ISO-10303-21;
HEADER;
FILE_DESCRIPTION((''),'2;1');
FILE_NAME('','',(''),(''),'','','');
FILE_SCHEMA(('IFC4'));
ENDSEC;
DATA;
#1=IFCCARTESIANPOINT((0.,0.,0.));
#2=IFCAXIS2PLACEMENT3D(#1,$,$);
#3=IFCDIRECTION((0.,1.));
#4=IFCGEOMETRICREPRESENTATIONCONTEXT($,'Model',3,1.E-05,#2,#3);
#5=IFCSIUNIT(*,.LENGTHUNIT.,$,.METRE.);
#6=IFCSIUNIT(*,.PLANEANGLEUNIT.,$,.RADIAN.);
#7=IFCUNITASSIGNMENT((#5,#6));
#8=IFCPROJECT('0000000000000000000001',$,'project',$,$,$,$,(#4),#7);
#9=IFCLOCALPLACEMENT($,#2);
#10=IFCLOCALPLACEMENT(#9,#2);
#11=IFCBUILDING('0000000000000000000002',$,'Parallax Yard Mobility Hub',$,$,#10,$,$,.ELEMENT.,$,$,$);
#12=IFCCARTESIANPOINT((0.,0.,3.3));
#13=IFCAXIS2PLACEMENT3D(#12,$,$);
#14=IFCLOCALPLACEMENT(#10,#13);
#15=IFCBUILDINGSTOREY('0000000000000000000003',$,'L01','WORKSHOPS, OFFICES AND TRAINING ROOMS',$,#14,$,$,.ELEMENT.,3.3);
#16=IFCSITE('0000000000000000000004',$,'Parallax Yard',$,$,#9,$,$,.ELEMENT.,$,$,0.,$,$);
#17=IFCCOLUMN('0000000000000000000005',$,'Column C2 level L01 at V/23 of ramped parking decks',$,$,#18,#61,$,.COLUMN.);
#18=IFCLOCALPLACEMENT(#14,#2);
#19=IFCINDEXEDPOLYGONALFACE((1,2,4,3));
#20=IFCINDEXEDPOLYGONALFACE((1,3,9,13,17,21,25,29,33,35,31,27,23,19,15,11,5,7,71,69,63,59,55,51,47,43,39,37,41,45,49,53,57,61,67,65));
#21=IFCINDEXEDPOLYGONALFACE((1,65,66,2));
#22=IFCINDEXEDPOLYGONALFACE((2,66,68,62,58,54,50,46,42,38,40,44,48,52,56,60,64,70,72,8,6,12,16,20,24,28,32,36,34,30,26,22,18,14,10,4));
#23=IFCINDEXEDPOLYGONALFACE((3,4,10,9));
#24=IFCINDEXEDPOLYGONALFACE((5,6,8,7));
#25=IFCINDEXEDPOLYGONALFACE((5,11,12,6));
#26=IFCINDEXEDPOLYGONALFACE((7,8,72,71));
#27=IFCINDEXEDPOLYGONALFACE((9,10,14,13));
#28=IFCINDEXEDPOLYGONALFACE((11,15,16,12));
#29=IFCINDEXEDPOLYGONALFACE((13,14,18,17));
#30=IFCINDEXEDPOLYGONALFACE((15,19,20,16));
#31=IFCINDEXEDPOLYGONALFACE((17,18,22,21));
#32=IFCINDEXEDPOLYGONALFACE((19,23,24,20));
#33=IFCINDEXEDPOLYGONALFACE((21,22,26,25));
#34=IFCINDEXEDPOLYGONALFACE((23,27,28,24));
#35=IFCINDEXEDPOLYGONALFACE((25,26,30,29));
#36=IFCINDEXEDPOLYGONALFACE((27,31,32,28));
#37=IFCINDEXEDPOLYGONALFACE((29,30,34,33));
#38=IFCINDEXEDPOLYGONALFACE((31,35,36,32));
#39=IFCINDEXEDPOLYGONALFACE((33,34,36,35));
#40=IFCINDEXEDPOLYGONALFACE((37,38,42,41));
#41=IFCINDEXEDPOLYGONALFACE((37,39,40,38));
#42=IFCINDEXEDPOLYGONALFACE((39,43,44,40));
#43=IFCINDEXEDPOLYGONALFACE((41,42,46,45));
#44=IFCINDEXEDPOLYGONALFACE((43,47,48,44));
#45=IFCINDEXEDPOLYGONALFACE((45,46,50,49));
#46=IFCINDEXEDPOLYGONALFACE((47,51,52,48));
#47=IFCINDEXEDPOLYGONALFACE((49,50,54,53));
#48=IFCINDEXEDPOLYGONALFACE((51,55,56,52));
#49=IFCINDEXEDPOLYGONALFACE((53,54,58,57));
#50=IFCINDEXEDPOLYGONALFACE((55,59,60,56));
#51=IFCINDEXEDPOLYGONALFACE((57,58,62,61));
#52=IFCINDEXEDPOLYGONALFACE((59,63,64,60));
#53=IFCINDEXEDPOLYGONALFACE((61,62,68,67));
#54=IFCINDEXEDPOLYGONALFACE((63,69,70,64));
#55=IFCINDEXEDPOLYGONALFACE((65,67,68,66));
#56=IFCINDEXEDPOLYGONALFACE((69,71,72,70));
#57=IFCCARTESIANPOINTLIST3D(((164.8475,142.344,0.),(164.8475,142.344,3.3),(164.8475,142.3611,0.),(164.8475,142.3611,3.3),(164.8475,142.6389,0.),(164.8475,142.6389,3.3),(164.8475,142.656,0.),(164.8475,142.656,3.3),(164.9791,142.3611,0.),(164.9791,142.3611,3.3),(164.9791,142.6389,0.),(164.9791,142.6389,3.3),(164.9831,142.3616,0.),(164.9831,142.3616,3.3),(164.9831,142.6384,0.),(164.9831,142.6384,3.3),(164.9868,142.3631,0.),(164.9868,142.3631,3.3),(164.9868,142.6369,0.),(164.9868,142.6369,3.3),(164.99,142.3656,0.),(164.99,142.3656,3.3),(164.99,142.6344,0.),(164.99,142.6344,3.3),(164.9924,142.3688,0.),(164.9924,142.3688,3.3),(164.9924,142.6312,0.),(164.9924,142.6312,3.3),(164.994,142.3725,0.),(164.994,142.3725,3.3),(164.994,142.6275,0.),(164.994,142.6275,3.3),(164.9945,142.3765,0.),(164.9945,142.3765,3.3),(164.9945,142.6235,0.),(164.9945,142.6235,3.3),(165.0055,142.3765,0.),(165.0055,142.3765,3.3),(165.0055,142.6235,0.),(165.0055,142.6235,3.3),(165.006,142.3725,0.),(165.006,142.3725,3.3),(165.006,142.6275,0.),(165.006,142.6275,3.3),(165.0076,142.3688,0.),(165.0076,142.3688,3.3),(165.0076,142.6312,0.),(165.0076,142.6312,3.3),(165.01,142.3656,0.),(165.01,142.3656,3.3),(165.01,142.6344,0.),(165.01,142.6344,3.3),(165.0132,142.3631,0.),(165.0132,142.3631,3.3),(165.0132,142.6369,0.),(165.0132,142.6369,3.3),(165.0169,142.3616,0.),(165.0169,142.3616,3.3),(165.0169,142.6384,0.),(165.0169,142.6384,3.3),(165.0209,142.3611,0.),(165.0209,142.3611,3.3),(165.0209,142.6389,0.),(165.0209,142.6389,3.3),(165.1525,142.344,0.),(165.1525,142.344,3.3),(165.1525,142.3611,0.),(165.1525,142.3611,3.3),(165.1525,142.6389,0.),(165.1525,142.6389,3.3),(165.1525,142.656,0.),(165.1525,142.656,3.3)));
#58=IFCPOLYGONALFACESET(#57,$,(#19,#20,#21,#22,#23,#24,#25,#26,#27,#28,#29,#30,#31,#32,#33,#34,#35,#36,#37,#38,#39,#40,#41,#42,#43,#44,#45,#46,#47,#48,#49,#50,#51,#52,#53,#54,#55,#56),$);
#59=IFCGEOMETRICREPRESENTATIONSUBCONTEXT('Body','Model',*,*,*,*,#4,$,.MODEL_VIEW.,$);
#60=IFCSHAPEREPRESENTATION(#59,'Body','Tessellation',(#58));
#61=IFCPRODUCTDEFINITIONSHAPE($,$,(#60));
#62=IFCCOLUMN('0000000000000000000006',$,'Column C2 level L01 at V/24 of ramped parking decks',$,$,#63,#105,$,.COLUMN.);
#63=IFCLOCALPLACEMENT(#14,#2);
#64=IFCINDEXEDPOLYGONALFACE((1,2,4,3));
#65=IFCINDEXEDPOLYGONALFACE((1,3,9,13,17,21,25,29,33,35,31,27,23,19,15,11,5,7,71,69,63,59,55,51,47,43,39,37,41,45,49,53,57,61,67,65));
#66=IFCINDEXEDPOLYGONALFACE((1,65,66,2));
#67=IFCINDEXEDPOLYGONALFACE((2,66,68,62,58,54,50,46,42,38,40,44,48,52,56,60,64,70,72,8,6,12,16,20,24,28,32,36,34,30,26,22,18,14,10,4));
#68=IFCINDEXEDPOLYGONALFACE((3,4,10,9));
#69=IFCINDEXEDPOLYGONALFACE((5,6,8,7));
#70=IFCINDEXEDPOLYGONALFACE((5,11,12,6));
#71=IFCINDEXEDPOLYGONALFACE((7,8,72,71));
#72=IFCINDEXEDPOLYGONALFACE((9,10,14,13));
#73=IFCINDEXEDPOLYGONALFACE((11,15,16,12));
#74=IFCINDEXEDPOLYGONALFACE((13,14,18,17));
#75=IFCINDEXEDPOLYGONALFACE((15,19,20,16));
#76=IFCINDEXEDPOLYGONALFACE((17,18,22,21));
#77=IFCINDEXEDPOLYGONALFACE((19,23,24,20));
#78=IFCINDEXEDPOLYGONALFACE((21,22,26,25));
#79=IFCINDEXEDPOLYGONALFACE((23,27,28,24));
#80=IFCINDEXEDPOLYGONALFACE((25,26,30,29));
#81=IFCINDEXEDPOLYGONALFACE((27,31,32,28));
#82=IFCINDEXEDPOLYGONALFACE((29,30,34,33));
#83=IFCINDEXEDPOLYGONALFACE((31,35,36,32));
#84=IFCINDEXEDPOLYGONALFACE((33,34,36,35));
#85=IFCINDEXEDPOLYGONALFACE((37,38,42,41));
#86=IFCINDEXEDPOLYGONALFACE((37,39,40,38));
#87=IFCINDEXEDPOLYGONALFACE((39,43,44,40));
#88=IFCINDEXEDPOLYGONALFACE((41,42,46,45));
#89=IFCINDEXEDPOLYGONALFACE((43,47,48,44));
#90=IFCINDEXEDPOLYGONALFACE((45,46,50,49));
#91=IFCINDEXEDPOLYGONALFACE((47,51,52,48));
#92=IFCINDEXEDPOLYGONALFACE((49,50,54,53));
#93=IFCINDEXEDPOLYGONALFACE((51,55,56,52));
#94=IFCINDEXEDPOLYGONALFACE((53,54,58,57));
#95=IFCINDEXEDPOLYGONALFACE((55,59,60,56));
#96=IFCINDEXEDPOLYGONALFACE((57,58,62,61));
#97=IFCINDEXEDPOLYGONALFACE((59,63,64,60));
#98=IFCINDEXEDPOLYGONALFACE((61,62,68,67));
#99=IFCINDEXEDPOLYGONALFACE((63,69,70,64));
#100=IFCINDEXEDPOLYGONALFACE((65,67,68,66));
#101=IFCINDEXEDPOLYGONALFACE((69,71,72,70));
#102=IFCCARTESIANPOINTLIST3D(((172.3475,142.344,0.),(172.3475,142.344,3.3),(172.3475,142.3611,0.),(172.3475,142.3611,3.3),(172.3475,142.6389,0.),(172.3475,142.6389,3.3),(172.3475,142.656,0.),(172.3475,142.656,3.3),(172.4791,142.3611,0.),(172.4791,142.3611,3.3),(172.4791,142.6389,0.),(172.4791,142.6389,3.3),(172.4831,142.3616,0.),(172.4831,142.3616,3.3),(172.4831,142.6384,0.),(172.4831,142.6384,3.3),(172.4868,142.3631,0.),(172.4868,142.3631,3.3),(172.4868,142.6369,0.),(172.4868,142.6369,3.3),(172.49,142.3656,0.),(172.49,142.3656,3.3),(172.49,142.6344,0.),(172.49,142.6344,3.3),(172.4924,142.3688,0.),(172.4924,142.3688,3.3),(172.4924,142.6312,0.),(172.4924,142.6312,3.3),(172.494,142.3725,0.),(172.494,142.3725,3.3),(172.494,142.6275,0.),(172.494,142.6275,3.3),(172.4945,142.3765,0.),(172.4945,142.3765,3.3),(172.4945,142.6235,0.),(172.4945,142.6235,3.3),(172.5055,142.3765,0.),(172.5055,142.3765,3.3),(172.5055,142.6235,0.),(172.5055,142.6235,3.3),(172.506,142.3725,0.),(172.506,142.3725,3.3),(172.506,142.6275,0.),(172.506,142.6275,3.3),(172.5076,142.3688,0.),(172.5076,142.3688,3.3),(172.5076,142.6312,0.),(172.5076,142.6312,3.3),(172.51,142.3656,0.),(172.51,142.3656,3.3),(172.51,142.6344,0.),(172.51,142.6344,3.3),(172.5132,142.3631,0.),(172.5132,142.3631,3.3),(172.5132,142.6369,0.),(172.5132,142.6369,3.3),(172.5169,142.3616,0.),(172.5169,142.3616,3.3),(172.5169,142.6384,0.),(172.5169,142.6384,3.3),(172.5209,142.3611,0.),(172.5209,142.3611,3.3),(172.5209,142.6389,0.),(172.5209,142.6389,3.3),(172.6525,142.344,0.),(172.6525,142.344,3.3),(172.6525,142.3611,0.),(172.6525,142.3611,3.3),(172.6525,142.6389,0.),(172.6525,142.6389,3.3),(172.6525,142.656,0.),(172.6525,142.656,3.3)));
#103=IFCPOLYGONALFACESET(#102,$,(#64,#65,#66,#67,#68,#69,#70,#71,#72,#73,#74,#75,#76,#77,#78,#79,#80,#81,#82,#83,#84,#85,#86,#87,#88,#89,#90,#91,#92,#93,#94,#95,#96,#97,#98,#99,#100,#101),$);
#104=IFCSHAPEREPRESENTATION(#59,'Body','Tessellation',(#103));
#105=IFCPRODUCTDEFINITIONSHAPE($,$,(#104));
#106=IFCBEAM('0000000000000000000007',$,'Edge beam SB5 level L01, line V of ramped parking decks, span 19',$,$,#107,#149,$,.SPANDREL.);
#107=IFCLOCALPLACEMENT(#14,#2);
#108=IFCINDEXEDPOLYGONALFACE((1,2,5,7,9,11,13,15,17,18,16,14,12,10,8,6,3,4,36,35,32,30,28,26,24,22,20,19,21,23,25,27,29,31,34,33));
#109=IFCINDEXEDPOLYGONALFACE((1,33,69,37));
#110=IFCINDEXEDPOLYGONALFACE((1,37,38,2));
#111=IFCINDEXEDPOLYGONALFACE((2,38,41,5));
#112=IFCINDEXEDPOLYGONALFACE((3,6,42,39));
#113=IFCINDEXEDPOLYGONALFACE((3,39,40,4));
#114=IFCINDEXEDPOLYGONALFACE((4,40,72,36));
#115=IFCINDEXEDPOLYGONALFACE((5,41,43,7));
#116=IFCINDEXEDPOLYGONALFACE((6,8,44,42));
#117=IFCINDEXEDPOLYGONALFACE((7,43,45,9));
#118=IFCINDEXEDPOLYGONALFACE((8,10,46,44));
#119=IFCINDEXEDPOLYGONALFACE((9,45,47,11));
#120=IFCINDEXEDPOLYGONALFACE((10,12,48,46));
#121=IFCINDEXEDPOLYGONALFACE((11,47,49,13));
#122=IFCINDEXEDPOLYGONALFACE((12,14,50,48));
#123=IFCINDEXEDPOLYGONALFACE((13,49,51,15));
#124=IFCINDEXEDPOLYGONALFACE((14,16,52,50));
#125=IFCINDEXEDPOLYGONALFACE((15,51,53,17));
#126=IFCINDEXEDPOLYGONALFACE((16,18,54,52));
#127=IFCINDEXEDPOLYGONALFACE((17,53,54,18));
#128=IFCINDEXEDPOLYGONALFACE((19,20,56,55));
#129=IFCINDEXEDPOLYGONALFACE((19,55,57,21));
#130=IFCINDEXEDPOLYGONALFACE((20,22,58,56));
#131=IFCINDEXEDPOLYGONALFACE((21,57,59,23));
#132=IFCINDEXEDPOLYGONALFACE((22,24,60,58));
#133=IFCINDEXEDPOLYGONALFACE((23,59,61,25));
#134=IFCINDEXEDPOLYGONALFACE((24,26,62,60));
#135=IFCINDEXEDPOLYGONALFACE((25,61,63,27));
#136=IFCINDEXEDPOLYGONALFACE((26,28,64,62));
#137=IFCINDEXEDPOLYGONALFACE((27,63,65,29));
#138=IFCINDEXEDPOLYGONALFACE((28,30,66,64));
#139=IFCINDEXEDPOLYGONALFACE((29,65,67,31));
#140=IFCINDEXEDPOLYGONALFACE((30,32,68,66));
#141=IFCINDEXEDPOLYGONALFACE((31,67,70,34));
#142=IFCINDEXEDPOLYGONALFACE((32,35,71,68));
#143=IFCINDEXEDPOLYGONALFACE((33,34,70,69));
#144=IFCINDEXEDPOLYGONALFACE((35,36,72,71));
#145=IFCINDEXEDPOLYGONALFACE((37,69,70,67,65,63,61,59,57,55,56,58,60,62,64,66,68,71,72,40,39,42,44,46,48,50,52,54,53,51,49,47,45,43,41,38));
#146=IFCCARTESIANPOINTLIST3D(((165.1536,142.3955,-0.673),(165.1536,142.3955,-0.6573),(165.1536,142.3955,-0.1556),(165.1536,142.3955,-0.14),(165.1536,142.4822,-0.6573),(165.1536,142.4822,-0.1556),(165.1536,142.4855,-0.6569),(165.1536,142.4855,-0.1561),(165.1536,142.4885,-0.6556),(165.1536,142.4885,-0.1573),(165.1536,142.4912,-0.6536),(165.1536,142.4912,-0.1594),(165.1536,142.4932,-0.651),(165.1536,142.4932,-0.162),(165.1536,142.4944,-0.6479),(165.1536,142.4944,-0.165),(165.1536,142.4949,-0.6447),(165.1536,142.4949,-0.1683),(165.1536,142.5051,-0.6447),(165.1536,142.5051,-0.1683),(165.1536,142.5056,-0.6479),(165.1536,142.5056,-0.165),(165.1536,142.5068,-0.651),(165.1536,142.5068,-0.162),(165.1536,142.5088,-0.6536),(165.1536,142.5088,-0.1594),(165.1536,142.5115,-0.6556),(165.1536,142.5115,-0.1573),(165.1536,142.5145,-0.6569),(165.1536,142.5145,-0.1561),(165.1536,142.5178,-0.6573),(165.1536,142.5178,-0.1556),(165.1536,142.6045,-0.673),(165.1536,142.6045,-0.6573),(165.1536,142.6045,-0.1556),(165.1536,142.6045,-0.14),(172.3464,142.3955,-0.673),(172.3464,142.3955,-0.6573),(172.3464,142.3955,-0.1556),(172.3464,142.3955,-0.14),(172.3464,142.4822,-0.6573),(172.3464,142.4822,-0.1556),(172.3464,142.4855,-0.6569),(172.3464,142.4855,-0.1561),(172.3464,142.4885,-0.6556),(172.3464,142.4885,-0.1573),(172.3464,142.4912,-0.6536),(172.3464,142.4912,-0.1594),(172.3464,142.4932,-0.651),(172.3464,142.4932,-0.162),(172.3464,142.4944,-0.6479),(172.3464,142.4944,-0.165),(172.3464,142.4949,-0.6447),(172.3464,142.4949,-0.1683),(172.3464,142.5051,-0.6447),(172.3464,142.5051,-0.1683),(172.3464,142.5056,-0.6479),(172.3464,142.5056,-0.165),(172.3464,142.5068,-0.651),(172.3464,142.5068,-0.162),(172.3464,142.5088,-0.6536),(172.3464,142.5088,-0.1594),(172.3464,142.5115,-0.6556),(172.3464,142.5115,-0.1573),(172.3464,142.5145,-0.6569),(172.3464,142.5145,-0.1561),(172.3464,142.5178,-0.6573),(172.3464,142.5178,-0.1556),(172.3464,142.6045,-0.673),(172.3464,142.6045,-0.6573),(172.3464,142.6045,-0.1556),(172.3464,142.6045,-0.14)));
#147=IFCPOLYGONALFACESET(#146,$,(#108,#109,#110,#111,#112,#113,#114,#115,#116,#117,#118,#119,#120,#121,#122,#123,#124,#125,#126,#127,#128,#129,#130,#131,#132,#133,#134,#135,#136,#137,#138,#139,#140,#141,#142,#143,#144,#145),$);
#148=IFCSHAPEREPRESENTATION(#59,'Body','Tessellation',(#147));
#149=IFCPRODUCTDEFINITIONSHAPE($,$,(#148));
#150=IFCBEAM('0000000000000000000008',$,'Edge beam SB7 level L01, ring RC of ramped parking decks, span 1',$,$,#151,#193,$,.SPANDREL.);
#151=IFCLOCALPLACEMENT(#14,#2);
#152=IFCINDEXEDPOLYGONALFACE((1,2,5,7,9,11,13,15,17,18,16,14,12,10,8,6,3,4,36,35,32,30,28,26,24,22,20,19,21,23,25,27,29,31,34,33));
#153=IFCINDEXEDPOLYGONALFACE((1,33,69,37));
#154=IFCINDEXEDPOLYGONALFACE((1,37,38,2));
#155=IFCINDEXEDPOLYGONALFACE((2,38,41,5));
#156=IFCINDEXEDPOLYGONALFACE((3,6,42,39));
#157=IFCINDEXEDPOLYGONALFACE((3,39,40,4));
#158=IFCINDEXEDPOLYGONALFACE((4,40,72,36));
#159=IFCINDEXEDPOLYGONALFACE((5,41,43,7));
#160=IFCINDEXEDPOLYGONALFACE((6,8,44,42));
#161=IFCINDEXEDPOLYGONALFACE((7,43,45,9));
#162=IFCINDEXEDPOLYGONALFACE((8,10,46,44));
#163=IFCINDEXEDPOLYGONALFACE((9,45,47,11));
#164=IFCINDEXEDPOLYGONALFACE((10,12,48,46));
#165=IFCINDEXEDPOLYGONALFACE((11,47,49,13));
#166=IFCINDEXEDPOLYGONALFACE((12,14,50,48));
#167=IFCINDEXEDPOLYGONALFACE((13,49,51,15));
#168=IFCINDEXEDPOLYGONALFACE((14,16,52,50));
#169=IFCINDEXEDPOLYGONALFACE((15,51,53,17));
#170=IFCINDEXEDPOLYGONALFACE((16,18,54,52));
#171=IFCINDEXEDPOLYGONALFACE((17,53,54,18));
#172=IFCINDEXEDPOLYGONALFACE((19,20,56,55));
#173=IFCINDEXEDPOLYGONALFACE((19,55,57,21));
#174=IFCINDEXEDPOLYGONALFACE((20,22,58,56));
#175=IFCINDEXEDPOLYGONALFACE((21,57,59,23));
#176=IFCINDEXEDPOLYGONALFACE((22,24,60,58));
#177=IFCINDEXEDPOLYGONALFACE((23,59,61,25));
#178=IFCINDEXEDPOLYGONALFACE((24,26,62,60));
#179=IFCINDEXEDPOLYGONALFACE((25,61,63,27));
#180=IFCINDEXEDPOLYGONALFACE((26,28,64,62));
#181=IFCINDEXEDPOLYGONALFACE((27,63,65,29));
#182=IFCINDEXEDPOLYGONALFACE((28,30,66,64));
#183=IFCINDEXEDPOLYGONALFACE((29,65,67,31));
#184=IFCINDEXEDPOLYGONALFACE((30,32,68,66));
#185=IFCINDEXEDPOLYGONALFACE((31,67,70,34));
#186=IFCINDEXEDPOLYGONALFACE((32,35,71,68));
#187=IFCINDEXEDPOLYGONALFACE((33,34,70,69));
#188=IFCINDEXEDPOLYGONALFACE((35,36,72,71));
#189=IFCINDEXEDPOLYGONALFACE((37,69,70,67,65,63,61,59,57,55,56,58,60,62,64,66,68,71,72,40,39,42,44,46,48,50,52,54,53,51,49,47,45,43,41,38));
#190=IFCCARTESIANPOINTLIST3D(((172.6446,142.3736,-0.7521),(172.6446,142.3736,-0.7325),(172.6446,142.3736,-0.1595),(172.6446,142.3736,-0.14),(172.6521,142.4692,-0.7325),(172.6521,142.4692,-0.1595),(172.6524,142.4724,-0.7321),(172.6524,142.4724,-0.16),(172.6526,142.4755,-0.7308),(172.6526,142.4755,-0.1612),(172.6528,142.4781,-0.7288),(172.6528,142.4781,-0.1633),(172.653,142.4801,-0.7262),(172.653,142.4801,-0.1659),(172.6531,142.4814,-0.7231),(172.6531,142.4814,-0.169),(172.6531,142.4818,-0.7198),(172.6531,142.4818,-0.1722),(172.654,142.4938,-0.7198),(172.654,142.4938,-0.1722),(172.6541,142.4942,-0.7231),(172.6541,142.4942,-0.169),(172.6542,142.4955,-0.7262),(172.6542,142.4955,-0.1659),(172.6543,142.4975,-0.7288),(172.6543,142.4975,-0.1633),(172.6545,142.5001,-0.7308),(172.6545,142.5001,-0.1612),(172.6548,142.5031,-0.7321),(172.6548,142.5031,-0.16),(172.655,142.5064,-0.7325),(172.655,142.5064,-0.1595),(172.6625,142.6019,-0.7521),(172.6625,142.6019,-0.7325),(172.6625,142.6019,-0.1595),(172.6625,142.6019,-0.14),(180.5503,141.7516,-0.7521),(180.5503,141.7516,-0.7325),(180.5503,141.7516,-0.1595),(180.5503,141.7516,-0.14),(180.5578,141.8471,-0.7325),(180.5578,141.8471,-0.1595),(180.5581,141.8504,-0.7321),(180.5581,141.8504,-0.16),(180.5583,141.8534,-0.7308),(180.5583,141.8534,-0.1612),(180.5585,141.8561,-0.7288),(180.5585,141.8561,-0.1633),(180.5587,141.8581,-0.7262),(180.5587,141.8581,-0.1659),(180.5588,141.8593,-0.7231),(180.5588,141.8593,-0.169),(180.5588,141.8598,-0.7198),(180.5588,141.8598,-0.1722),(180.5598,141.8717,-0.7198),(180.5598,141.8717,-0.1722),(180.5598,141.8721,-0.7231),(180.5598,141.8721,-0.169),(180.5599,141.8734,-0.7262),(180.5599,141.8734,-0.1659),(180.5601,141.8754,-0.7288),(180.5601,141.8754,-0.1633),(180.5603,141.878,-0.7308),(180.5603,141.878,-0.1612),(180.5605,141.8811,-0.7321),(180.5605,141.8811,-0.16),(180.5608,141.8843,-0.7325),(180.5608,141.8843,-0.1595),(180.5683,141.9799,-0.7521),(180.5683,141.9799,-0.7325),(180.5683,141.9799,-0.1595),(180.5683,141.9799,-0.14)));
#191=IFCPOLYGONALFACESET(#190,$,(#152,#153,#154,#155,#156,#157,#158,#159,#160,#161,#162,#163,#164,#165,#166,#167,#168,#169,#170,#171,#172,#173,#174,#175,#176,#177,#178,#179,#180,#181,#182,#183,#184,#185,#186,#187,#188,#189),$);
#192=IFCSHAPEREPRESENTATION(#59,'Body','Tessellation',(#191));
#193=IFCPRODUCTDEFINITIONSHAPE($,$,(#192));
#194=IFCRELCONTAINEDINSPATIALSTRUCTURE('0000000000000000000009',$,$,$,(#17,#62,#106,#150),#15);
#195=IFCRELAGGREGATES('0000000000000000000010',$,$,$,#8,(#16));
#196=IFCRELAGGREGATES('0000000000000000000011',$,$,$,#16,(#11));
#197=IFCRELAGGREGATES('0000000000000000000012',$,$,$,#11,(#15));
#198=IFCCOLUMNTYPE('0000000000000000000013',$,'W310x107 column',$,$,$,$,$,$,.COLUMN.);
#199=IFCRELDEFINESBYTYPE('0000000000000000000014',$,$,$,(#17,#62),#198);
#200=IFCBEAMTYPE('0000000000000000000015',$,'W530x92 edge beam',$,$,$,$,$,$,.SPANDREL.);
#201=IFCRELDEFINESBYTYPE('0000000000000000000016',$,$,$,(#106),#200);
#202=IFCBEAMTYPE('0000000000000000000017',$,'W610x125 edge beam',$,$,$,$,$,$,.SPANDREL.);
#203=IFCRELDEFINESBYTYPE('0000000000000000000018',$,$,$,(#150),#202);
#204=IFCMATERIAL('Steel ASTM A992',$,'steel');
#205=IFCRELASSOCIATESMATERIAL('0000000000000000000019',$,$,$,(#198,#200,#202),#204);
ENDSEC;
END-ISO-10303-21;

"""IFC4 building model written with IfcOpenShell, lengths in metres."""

from ifc_helpers import new_model, si_unit, direction, frame, origin, origin_2d, place, context, subcontext, project, spatial, i_section, extrude, material, material_profile, profile_set, type_object, element, save


model = new_model("IFC4")

# Units and contexts
model_context = context("Model", 3, precision=1e-05, world=origin(), true_north=direction((0.0, 1.0)))
body_context = subcontext(model_context, "Body", "Model", "MODEL_VIEW")
ifc_project = project(units=[si_unit("LENGTHUNIT", "METRE"), si_unit("PLANEANGLEUNIT", "RADIAN")], contexts=[model_context])

# Site, building, storey
site_placement = place(None, origin())
site = spatial("IfcSite", under=ifc_project, at=site_placement, Name="Parallax Yard", CompositionType="ELEMENT", RefElevation=0.0)
building_placement = place(site_placement, origin())
building = spatial("IfcBuilding", under=site, at=building_placement, Name="Parallax Yard Mobility Hub", CompositionType="ELEMENT")
storey_placement = place(building_placement, frame((0.0, 0.0, 3.3)))
storey = spatial("IfcBuildingStorey", under=building, at=storey_placement, Name="L01", Description="WORKSHOPS, OFFICES AND TRAINING ROOMS", CompositionType="ELEMENT", Elevation=3.3)

# Columns
ifc_material_1 = material(Name="Steel ASTM A992", Category="steel")
ifc_material_profile_1 = material_profile(ifc_material_1, i_section(OverallWidth=0.3049, OverallDepth=0.312, WebThickness=0.011, FlangeThickness=0.0171, FilletRadius=0.0154, at=origin_2d()), Name="W310x107")
ifc_profile_set_1 = profile_set([ifc_material_profile_1], Name="Steel ASTM A992")
column_type = type_object("IfcColumnType", Name="W310x107 column", PredefinedType="COLUMN", material=ifc_profile_set_1)
for number, where, z_axis, x_axis, name in (
    (1, (165.0, 142.5, 0.0), (0.0, 0.0, 1.0), (1.0, 0.0, 0.0), "Column C2 level L01 at V/23 of ramped parking decks"),
    (2, (172.5, 142.5, 0.0), (0.0, 0.0, 1.0), (1.0, 0.0, 0.0), "Column C2 level L01 at V/24 of ramped parking decks"),
):
    element("IfcColumn", number, at=place(storey_placement, frame(where, z_axis=z_axis, x_axis=x_axis)), inside=storey, type_object=column_type, Name=name, PredefinedType="COLUMN", context=body_context, shape_type="SweptSolid", body=[
        extrude(i_section(OverallWidth=0.3049, OverallDepth=0.312, WebThickness=0.011, FlangeThickness=0.0171, FilletRadius=0.0154, at=origin_2d()), origin(), (0.0, 0.0, 1.0), 3.3),
    ])

# Beams
ifc_material_profile_2 = material_profile(ifc_material_1, i_section(OverallWidth=0.209, OverallDepth=0.533, WebThickness=0.0103, FlangeThickness=0.0156, FilletRadius=0.0127, at=origin_2d()), Name="W530x92")
ifc_profile_set_2 = profile_set([ifc_material_profile_2], Name="Steel ASTM A992")
beam_type_1 = type_object("IfcBeamType", Name="W530x92 edge beam", PredefinedType="SPANDREL", material=ifc_profile_set_2)
beam_1_placement = place(storey_placement, frame((165.1536, 142.5, -0.4065), z_axis=(1.0, 0.0, 0.0), x_axis=(0.0, 1.0, 0.0)))
element("IfcBeam", 3, at=beam_1_placement, inside=storey, type_object=beam_type_1, Name="Edge beam SB5 level L01, line V of ramped parking decks, span 19", PredefinedType="SPANDREL", context=body_context, shape_type="SweptSolid", body=[
    extrude(i_section(OverallWidth=0.209, OverallDepth=0.533, WebThickness=0.0103, FlangeThickness=0.0156, FilletRadius=0.0127, at=origin_2d()), origin(), (0.0, 0.0, 1.0), 7.1929),
])
ifc_material_profile_3 = material_profile(ifc_material_1, i_section(OverallWidth=0.229, OverallDepth=0.6121, WebThickness=0.012, FlangeThickness=0.0195, FilletRadius=0.0127, at=origin_2d()), Name="W610x125")
ifc_profile_set_3 = profile_set([ifc_material_profile_3], Name="Steel ASTM A992")
beam_type_2 = type_object("IfcBeamType", Name="W610x125 edge beam", PredefinedType="SPANDREL", material=ifc_profile_set_3)
beam_2_placement = place(storey_placement, frame((172.6536, 142.4878, -0.446), z_axis=(0.996919, -0.078443, 0.0), x_axis=(0.078443, 0.996919, 0.0)))
element("IfcBeam", 4, at=beam_2_placement, inside=storey, type_object=beam_type_2, Name="Edge beam SB7 level L01, ring RC of ramped parking decks, span 1", PredefinedType="SPANDREL", context=body_context, shape_type="SweptSolid", body=[
    extrude(i_section(OverallWidth=0.229, OverallDepth=0.6121, WebThickness=0.012, FlangeThickness=0.0195, FilletRadius=0.0127, at=origin_2d()), origin(), (0.0, 0.0, 1.0), 7.9302),
])

save(model, "model.ifc")
